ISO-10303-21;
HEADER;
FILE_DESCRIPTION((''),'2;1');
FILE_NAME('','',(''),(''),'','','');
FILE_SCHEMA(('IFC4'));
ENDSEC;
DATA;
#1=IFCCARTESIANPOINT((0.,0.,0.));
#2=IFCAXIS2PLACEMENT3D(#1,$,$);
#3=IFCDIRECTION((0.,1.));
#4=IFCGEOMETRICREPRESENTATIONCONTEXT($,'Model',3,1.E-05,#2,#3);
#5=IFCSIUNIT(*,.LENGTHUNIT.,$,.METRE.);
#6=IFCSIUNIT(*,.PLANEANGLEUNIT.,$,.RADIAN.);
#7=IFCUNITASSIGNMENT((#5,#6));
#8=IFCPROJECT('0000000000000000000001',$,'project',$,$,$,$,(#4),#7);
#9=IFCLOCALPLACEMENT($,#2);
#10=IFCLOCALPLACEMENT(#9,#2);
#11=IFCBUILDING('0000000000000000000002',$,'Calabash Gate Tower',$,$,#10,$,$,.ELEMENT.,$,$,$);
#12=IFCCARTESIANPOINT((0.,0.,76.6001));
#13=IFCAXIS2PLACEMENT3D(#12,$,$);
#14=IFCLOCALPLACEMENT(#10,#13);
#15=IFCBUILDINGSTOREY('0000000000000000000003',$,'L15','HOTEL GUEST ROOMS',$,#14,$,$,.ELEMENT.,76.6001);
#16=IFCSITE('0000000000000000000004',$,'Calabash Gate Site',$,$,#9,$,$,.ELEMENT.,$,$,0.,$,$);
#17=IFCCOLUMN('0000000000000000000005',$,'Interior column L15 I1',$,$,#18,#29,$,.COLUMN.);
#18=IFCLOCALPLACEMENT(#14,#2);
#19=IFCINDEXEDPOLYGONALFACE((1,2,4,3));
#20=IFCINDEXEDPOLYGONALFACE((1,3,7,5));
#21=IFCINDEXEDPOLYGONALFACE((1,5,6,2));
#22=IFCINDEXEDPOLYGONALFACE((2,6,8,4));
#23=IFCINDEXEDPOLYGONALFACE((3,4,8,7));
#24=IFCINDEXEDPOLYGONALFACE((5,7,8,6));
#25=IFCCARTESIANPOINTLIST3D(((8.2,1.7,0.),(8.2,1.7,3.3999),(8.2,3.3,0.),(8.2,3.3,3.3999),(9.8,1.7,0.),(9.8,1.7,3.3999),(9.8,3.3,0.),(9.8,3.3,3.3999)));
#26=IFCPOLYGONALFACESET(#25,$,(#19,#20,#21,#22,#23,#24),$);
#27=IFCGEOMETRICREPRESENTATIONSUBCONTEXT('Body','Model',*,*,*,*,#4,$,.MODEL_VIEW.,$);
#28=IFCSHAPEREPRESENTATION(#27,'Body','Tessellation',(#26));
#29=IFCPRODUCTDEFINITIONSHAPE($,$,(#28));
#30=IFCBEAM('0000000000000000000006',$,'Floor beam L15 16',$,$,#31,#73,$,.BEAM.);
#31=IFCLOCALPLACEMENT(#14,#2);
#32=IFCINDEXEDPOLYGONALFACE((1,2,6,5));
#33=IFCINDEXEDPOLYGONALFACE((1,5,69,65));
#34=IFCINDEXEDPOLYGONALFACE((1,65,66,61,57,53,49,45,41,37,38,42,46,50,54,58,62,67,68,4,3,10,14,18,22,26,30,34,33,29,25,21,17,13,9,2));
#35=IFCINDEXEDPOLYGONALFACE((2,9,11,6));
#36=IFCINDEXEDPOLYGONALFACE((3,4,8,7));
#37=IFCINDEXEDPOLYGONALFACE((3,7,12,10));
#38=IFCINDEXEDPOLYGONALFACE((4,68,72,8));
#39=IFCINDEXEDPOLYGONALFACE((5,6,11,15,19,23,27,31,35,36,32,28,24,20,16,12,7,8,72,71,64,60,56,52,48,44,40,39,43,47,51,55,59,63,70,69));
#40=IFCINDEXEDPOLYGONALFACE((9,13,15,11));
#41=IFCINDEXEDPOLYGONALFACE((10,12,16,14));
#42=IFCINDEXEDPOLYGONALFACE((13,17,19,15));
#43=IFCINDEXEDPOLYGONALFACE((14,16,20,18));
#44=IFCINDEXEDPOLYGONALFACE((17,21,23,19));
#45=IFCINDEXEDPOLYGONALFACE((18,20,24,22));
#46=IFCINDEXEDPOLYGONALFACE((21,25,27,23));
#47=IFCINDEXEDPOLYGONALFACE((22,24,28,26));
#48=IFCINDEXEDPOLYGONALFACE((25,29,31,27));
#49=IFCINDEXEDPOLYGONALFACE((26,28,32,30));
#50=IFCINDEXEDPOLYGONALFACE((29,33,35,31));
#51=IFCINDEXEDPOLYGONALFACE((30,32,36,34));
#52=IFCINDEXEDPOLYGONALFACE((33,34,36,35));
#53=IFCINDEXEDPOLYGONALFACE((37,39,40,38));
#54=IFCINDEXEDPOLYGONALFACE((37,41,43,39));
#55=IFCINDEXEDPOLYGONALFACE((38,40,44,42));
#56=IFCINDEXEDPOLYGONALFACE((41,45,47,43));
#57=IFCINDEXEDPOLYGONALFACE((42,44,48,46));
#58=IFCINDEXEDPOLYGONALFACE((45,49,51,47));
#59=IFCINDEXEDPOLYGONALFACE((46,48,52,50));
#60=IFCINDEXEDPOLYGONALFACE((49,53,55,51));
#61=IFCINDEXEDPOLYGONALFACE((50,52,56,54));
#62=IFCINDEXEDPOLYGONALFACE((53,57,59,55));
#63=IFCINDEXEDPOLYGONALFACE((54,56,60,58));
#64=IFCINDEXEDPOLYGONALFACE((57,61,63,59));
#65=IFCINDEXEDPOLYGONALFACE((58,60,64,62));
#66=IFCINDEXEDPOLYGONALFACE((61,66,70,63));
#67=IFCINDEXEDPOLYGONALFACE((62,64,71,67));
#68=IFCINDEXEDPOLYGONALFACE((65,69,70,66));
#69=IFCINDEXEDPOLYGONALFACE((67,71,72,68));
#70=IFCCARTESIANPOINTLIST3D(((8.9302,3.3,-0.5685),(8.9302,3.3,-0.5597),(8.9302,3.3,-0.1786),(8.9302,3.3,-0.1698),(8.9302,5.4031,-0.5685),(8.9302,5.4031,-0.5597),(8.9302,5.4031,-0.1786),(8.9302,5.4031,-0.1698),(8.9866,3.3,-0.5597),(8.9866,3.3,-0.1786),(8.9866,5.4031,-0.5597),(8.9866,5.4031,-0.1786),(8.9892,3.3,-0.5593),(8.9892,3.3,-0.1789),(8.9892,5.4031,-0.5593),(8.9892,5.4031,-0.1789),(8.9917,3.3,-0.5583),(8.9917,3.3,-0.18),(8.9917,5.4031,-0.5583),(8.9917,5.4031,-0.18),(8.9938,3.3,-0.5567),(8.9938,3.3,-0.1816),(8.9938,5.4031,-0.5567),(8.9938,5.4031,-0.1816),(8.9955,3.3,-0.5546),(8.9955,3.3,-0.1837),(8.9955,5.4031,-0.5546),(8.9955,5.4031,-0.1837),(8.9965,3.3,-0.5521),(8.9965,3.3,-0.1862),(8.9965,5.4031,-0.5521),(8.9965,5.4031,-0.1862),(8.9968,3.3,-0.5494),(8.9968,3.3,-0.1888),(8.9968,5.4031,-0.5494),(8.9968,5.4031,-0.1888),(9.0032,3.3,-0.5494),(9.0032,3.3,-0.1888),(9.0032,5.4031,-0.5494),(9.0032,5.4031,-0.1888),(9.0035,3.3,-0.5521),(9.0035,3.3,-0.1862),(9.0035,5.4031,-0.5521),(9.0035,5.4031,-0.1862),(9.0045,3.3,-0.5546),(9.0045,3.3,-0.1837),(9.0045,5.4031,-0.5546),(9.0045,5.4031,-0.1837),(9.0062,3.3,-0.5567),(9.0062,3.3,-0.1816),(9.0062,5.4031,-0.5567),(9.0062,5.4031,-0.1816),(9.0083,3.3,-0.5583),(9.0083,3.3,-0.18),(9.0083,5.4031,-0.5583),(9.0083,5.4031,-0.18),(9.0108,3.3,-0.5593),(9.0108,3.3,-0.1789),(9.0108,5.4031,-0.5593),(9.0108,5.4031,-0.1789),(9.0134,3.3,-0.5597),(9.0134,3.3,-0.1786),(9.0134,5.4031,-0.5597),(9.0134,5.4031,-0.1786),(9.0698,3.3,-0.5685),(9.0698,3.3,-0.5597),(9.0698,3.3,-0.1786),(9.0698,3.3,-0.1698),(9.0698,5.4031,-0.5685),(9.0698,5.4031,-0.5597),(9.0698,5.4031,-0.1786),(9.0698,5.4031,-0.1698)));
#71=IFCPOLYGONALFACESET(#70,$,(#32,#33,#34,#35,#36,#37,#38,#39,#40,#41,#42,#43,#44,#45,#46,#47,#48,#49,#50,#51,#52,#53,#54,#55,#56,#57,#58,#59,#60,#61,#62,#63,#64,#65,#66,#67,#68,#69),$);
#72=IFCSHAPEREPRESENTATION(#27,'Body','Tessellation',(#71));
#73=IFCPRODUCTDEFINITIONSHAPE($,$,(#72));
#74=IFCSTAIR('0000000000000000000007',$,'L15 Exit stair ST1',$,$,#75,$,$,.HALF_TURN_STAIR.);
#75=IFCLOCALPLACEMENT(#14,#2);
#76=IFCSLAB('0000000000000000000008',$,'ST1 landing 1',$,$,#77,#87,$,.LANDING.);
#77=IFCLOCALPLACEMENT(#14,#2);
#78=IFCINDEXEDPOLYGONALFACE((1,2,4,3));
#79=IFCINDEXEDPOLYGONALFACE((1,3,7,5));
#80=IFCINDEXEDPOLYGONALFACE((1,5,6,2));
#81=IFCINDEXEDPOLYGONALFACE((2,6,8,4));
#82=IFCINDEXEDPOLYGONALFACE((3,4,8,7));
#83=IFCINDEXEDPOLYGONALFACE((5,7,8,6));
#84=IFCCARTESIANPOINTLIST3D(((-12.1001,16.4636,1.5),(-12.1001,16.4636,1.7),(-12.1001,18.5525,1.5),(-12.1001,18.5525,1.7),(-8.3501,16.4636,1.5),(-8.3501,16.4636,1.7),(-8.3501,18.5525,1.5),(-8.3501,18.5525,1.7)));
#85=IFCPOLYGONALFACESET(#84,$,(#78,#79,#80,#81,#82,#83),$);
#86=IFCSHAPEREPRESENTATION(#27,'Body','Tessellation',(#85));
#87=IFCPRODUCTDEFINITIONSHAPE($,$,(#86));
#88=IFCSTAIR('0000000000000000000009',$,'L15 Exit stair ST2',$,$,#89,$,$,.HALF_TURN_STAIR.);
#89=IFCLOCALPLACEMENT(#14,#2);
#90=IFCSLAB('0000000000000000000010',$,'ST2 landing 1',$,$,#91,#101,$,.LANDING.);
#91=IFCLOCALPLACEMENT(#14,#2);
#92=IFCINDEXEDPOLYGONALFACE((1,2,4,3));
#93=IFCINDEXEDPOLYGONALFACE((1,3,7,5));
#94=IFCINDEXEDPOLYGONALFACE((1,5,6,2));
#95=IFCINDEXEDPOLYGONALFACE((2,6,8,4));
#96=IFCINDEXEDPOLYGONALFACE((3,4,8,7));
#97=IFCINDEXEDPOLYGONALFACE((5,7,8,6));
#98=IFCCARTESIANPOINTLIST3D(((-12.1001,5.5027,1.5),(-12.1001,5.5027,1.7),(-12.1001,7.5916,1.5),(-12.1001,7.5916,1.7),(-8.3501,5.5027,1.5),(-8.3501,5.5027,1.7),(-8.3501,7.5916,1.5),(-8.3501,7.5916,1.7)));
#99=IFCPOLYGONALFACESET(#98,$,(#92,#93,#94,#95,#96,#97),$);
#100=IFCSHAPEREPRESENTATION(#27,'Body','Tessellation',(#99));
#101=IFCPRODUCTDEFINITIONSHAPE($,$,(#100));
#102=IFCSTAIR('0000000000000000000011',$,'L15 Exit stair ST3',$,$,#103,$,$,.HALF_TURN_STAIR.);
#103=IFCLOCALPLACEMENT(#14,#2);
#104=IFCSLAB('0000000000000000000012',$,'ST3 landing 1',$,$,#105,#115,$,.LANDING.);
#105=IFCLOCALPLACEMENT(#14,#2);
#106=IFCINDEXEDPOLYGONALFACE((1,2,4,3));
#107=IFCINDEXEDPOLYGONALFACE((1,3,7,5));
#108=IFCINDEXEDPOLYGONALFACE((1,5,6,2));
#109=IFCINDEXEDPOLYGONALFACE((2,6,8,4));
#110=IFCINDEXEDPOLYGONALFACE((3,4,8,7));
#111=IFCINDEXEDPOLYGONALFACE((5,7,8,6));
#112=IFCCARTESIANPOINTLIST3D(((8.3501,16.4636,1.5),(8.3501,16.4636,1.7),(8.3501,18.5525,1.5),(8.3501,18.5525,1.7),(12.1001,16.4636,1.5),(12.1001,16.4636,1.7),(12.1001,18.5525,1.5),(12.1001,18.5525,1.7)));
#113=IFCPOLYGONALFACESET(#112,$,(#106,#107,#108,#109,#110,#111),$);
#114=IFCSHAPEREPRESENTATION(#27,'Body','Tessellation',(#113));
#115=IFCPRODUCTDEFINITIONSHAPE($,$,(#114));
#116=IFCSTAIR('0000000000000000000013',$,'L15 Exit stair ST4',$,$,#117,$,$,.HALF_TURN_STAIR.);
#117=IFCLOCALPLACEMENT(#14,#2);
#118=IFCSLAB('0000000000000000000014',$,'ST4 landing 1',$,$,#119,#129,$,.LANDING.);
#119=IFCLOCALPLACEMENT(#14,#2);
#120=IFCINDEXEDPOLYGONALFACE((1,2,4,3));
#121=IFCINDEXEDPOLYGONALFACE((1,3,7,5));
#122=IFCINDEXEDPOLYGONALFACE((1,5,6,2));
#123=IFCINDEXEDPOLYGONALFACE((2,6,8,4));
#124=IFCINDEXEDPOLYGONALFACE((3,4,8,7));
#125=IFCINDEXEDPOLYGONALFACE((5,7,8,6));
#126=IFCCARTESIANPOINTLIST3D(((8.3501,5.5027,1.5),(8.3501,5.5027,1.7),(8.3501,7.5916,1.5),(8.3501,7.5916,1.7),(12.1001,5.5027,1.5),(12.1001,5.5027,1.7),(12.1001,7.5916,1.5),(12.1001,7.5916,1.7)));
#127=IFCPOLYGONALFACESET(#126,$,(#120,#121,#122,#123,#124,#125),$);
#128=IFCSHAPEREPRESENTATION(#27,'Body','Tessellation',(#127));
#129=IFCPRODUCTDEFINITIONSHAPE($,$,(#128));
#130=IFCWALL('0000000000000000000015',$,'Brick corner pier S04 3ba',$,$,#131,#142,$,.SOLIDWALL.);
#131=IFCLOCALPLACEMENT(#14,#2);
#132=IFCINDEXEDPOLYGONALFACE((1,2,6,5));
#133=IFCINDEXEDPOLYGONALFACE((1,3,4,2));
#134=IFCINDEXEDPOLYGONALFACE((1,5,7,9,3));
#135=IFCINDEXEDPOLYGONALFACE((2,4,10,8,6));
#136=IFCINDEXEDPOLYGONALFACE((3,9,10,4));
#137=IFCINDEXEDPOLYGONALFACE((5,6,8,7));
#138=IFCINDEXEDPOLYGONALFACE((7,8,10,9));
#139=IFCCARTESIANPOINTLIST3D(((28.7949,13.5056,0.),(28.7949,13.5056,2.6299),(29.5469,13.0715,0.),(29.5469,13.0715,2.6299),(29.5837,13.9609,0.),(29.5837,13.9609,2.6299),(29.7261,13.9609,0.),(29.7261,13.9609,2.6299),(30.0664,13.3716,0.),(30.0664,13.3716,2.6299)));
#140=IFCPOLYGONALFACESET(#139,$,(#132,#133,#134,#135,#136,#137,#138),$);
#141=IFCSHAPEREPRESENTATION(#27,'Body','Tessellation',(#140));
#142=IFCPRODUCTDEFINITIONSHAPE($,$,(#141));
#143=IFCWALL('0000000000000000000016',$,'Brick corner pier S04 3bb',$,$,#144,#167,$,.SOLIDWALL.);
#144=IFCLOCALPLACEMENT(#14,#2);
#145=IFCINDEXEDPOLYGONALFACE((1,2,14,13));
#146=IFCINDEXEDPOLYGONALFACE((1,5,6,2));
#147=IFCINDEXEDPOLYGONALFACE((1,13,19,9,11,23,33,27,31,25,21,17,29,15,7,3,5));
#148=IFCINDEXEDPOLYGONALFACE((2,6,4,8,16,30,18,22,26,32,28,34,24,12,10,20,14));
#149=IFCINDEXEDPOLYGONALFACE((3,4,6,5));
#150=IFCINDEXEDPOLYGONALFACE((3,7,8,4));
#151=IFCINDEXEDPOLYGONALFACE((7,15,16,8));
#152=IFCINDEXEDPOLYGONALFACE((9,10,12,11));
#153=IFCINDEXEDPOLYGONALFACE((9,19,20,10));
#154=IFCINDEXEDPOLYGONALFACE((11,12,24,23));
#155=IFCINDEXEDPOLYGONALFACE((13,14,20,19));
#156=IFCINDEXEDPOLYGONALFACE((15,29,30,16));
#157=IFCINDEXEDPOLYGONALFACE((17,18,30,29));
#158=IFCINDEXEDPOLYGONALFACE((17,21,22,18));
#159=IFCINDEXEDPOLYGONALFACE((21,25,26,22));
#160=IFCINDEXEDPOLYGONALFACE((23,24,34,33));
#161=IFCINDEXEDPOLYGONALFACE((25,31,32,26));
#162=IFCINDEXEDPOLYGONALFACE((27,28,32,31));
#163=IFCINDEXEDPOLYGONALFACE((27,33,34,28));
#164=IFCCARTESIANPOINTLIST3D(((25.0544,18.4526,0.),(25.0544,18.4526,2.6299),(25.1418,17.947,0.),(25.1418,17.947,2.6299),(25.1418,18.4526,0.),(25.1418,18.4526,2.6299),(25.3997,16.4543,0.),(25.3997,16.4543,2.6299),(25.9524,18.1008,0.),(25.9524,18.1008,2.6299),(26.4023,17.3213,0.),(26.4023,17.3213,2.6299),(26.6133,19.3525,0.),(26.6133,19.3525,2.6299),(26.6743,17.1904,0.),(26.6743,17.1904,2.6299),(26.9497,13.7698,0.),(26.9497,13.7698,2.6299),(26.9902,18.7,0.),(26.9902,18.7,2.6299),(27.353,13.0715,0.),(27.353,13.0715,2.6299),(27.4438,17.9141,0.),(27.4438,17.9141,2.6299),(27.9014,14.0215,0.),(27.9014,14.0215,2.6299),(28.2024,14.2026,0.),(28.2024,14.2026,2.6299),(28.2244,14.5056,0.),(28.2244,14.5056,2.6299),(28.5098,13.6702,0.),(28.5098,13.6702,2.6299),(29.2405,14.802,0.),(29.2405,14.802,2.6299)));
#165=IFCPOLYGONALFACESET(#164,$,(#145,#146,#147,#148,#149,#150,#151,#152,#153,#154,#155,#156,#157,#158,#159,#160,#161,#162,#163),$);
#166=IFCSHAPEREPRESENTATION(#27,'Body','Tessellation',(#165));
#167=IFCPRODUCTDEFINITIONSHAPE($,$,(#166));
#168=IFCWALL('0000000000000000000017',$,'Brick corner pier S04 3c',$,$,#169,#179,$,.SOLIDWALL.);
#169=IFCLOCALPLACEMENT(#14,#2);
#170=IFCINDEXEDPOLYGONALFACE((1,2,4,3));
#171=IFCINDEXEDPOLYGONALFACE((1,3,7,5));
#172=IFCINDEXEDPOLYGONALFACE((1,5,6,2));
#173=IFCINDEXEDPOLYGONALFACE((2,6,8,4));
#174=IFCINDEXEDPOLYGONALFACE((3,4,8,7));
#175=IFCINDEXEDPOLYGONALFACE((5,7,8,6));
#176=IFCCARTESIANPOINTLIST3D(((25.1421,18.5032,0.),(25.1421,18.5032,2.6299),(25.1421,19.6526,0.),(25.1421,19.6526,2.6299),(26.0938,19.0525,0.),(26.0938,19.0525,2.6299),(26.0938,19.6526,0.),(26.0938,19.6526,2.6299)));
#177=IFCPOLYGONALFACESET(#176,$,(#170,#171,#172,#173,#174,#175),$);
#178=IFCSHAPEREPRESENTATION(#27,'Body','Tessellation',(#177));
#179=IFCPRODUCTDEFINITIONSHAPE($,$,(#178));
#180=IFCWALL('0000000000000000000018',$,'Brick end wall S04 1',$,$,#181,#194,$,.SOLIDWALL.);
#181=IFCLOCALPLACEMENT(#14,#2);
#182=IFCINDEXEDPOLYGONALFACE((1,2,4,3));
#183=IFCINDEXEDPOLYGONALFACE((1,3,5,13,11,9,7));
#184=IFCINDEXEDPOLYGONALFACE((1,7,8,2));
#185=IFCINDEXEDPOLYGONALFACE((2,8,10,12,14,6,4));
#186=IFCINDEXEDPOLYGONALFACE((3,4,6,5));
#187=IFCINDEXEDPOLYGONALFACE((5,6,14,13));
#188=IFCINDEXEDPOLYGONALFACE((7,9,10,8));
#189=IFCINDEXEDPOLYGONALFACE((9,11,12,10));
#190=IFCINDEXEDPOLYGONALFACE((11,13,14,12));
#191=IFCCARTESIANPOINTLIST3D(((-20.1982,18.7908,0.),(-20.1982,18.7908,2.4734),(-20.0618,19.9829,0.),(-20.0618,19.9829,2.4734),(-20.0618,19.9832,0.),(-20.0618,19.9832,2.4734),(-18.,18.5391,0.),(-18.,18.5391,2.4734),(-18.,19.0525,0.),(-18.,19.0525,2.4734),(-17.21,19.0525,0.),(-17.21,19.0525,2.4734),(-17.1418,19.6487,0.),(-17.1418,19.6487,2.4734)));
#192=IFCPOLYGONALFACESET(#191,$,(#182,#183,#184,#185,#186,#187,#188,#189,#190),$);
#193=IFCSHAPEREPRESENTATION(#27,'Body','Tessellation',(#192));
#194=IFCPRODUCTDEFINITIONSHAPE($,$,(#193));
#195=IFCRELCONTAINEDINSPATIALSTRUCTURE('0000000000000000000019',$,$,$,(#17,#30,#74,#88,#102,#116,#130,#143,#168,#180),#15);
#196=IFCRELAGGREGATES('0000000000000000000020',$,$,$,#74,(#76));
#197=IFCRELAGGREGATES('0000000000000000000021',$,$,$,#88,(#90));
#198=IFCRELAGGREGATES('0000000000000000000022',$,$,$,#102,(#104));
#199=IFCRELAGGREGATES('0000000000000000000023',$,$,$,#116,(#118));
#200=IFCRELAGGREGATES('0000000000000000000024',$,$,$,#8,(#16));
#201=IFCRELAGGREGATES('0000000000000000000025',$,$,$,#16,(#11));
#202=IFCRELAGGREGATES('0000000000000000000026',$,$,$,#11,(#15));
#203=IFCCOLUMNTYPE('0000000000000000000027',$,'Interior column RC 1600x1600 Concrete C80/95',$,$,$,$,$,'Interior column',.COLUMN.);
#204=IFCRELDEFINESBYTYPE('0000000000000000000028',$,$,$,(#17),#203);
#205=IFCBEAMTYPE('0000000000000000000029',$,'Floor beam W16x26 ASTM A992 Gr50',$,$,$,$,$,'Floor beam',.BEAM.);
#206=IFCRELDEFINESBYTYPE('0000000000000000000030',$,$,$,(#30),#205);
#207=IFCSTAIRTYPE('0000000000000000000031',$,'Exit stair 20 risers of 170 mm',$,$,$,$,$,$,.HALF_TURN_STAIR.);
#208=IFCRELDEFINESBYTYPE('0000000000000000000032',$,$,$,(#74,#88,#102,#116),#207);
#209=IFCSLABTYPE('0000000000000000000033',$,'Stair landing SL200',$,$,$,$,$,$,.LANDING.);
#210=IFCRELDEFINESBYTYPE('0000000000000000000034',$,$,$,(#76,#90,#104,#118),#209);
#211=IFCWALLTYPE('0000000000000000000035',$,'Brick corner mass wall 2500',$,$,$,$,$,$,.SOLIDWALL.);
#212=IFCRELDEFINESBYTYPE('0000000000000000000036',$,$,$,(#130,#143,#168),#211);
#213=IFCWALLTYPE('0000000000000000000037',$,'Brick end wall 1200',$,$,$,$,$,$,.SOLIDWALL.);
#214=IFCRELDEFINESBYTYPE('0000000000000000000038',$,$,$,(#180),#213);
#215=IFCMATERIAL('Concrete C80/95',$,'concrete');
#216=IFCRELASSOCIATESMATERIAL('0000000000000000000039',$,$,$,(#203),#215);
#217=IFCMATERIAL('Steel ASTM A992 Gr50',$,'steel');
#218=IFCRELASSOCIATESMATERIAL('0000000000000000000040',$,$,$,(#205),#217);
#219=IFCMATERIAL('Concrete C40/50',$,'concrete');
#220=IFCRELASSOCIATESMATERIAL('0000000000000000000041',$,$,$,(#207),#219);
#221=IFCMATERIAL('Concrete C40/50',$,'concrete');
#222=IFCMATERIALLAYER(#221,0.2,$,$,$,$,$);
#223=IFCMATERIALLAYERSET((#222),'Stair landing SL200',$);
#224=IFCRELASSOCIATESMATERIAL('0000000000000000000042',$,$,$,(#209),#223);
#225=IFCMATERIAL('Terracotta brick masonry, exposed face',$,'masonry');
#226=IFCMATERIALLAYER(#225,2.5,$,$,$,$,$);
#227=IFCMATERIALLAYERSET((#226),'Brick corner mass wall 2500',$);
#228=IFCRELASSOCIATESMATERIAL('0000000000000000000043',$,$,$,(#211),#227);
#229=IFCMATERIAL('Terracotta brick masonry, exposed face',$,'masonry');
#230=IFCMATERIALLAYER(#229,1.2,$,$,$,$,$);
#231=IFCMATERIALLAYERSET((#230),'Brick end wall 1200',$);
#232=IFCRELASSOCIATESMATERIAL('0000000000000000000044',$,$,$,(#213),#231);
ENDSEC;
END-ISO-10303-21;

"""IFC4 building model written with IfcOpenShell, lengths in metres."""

from ifc_helpers import new_model, si_unit, direction, frame, origin, origin_2d, place, context, subcontext, project, spatial, polyline, rectangle, i_section, outline, extrude, material, layer, layer_set, material_profile, profile_set, type_object, element, aggregate, save


model = new_model("IFC4")

# Units and contexts
model_context = context("Model", 3, precision=1e-05, world=origin(), true_north=direction((0.0, 1.0)))
body_context = subcontext(model_context, "Body", "Model", "MODEL_VIEW")
ifc_project = project(units=[si_unit("LENGTHUNIT", "METRE"), si_unit("PLANEANGLEUNIT", "RADIAN")], contexts=[model_context])

# Site, building, storey
site_placement = place(None, origin())
site = spatial("IfcSite", under=ifc_project, at=site_placement, Name="Calabash Gate Site", CompositionType="ELEMENT", RefElevation=0.0)
building_placement = place(site_placement, origin())
building = spatial("IfcBuilding", under=site, at=building_placement, Name="Calabash Gate Tower", CompositionType="ELEMENT")
storey_placement = place(building_placement, frame((0.0, 0.0, 76.6001)))
storey = spatial("IfcBuildingStorey", under=building, at=storey_placement, Name="L15", Description="HOTEL GUEST ROOMS", CompositionType="ELEMENT", Elevation=76.6001)

# Column
ifc_material_1 = material(Name="Concrete C80/95", Category="concrete")
ifc_material_profile_1 = material_profile(ifc_material_1, rectangle(XDim=1.6001, YDim=1.6001, at=origin_2d()))
ifc_profile_set_1 = profile_set([ifc_material_profile_1], Name="Concrete C80/95")
column_type = type_object("IfcColumnType", Name="Interior column RC 1600x1600 Concrete C80/95", ElementType="Interior column", PredefinedType="COLUMN", material=ifc_profile_set_1)
column_placement = place(storey_placement, frame((9.0, 2.5, 0.0), z_axis=(0.0, 0.0, 1.0), x_axis=(1.0, 0.0, 0.0)))
element("IfcColumn", 1, at=column_placement, inside=storey, type_object=column_type, Name="Interior column L15 I1", PredefinedType="COLUMN", context=body_context, shape_type="SweptSolid", body=[
    extrude(rectangle(XDim=1.6001, YDim=1.6001, at=origin_2d()), origin(), (0.0, 0.0, 1.0), 3.3999),
])

# Beam
ifc_material_2 = material(Name="Steel ASTM A992 Gr50", Category="steel")
ifc_material_profile_2 = material_profile(ifc_material_2, i_section(OverallWidth=0.1396, OverallDepth=0.3987, WebThickness=0.0063, FlangeThickness=0.0088, FilletRadius=0.0103, at=origin_2d()))
ifc_profile_set_2 = profile_set([ifc_material_profile_2], Name="Steel ASTM A992 Gr50")
beam_type = type_object("IfcBeamType", Name="Floor beam W16x26 ASTM A992 Gr50", ElementType="Floor beam", PredefinedType="BEAM", material=ifc_profile_set_2)
beam_placement = place(storey_placement, frame((9.0, 3.3, -0.3691), z_axis=(0.0, 1.0, 0.0), x_axis=(-1.0, 0.0, 0.0)))
element("IfcBeam", 2, at=beam_placement, inside=storey, type_object=beam_type, Name="Floor beam L15 16", PredefinedType="BEAM", context=body_context, shape_type="SweptSolid", body=[
    extrude(i_section(OverallWidth=0.1396, OverallDepth=0.3987, WebThickness=0.0063, FlangeThickness=0.0088, FilletRadius=0.0103, at=origin_2d()), origin(), (0.0, 0.0, 1.0), 2.103),
])

# Stairs, slabs
ifc_material_3 = material(Name="Concrete C40/50", Category="concrete")
stair_type = type_object("IfcStairType", Name="Exit stair 20 risers of 170 mm", PredefinedType="HALF_TURN_STAIR", material=ifc_material_3)
stair_1_placement = place(storey_placement, origin())
stair_1 = element("IfcStair", 3, at=stair_1_placement, inside=storey, type_object=stair_type, Name="L15 Exit stair ST1", PredefinedType="HALF_TURN_STAIR")
ifc_material_4 = material(Name="Concrete C40/50", Category="concrete")
ifc_layer_1 = layer(ifc_material_4, 0.2)
ifc_layer_set_1 = layer_set([ifc_layer_1], Name="Stair landing SL200")
slab_type = type_object("IfcSlabType", Name="Stair landing SL200", PredefinedType="LANDING", material=ifc_layer_set_1)
slab_1_placement = place(storey_placement, frame((0.0, 0.0, 1.5)))
slab_1 = element("IfcSlab", 4, at=slab_1_placement, type_object=slab_type, Name="ST1 landing 1", PredefinedType="LANDING", context=body_context, shape_type="SweptSolid", body=[
    extrude(outline(polyline([(-8.3501, 16.4636), (-8.3501, 18.5525), (-12.1001, 18.5525), (-12.1001, 16.4636), (-8.3501, 16.4636)])), origin(), (0.0, 0.0, 1.0), 0.2),
])
aggregate(stair_1, [slab_1])
stair_2_placement = place(storey_placement, origin())
stair_2 = element("IfcStair", 5, at=stair_2_placement, inside=storey, type_object=stair_type, Name="L15 Exit stair ST2", PredefinedType="HALF_TURN_STAIR")
slab_2_placement = place(storey_placement, frame((0.0, 0.0, 1.5)))
slab_2 = element("IfcSlab", 6, at=slab_2_placement, type_object=slab_type, Name="ST2 landing 1", PredefinedType="LANDING", context=body_context, shape_type="SweptSolid", body=[
    extrude(outline(polyline([(-12.1001, 7.5916), (-12.1001, 5.5027), (-8.3501, 5.5027), (-8.3501, 7.5916), (-12.1001, 7.5916)])), origin(), (0.0, 0.0, 1.0), 0.2),
])
aggregate(stair_2, [slab_2])
stair_3_placement = place(storey_placement, origin())
stair_3 = element("IfcStair", 7, at=stair_3_placement, inside=storey, type_object=stair_type, Name="L15 Exit stair ST3", PredefinedType="HALF_TURN_STAIR")
slab_3_placement = place(storey_placement, frame((0.0, 0.0, 1.5)))
slab_3 = element("IfcSlab", 8, at=slab_3_placement, type_object=slab_type, Name="ST3 landing 1", PredefinedType="LANDING", context=body_context, shape_type="SweptSolid", body=[
    extrude(outline(polyline([(12.1001, 16.4636), (12.1001, 18.5525), (8.3501, 18.5525), (8.3501, 16.4636), (12.1001, 16.4636)])), origin(), (0.0, 0.0, 1.0), 0.2),
])
aggregate(stair_3, [slab_3])
stair_4_placement = place(storey_placement, origin())
stair_4 = element("IfcStair", 9, at=stair_4_placement, inside=storey, type_object=stair_type, Name="L15 Exit stair ST4", PredefinedType="HALF_TURN_STAIR")
slab_4_placement = place(storey_placement, frame((0.0, 0.0, 1.5)))
slab_4 = element("IfcSlab", 10, at=slab_4_placement, type_object=slab_type, Name="ST4 landing 1", PredefinedType="LANDING", context=body_context, shape_type="SweptSolid", body=[
    extrude(outline(polyline([(8.3501, 7.5916), (8.3501, 5.5027), (12.1001, 5.5027), (12.1001, 7.5916), (8.3501, 7.5916)])), origin(), (0.0, 0.0, 1.0), 0.2),
])
aggregate(stair_4, [slab_4])

# Walls
ifc_material_5 = material(Name="Terracotta brick masonry, exposed face", Category="masonry")
ifc_layer_2 = layer(ifc_material_5, 2.5)
ifc_layer_set_2 = layer_set([ifc_layer_2], Name="Brick corner mass wall 2500")
wall_type_1 = type_object("IfcWallType", Name="Brick corner mass wall 2500", PredefinedType="SOLIDWALL", material=ifc_layer_set_2)
wall_1_placement = place(storey_placement, origin())
element("IfcWall", 11, at=wall_1_placement, inside=storey, type_object=wall_type_1, Name="Brick corner pier S04 3ba", PredefinedType="SOLIDWALL", context=body_context, shape_type="SweptSolid", body=[
    extrude(outline(polyline([(29.7261, 13.9609), (29.5837, 13.9609), (28.7771, 13.4954), (28.7949, 13.5056), (29.5469, 13.0715), (30.0664, 13.3716), (29.7261, 13.9609)])), origin(), (0.0, 0.0, 1.0), 2.6299),
])
wall_2_placement = place(storey_placement, origin())
element("IfcWall", 12, at=wall_2_placement, inside=storey, type_object=wall_type_1, Name="Brick corner pier S04 3bb", PredefinedType="SOLIDWALL", context=body_context, shape_type="SweptSolid", body=[
    extrude(outline(polyline([(26.6743, 17.1904), (28.2244, 14.5056), (26.9497, 13.7698), (27.353, 13.0715), (27.9014, 14.0215), (28.5098, 13.6702), (28.2024, 14.2026), (29.2405, 14.802), (27.4438, 17.9141), (26.4023, 17.3213), (25.9524, 18.1008), (26.9902, 18.7), (26.6133, 19.3525), (25.0544, 18.4526), (25.1418, 18.4526), (25.1418, 17.947), (25.3997, 16.4543), (26.6743, 17.1904)])), origin(), (0.0, 0.0, 1.0), 2.6299),
])
wall_3_placement = place(storey_placement, origin())
element("IfcWall", 13, at=wall_3_placement, inside=storey, type_object=wall_type_1, Name="Brick corner pier S04 3c", PredefinedType="SOLIDWALL", context=body_context, shape_type="SweptSolid", body=[
    extrude(outline(polyline([(26.0938, 19.6526), (25.1421, 19.6526), (25.1421, 18.5032), (26.0938, 19.0525), (26.0938, 19.6526)])), origin(), (0.0, 0.0, 1.0), 2.6299),
])
ifc_material_6 = material(Name="Terracotta brick masonry, exposed face", Category="masonry")
ifc_layer_3 = layer(ifc_material_6, 1.2)
ifc_layer_set_3 = layer_set([ifc_layer_3], Name="Brick end wall 1200")
wall_type_2 = type_object("IfcWallType", Name="Brick end wall 1200", PredefinedType="SOLIDWALL", material=ifc_layer_set_3)
wall_4_placement = place(storey_placement, origin())
element("IfcWall", 14, at=wall_4_placement, inside=storey, type_object=wall_type_2, Name="Brick end wall S04 1", PredefinedType="SOLIDWALL", context=body_context, shape_type="SweptSolid", body=[
    extrude(outline(polyline([(-20.0618, 19.9829), (-20.1982, 18.7908), (-18.0, 18.5391), (-18.0, 19.0525), (-17.21, 19.0525), (-17.1418, 19.6487), (-20.0618, 19.9832), (-20.0618, 19.9829), (-20.0618, 19.9829)])), origin(), (0.0, 0.0, 1.0), 2.4734),
])

save(model, "model.ifc")
